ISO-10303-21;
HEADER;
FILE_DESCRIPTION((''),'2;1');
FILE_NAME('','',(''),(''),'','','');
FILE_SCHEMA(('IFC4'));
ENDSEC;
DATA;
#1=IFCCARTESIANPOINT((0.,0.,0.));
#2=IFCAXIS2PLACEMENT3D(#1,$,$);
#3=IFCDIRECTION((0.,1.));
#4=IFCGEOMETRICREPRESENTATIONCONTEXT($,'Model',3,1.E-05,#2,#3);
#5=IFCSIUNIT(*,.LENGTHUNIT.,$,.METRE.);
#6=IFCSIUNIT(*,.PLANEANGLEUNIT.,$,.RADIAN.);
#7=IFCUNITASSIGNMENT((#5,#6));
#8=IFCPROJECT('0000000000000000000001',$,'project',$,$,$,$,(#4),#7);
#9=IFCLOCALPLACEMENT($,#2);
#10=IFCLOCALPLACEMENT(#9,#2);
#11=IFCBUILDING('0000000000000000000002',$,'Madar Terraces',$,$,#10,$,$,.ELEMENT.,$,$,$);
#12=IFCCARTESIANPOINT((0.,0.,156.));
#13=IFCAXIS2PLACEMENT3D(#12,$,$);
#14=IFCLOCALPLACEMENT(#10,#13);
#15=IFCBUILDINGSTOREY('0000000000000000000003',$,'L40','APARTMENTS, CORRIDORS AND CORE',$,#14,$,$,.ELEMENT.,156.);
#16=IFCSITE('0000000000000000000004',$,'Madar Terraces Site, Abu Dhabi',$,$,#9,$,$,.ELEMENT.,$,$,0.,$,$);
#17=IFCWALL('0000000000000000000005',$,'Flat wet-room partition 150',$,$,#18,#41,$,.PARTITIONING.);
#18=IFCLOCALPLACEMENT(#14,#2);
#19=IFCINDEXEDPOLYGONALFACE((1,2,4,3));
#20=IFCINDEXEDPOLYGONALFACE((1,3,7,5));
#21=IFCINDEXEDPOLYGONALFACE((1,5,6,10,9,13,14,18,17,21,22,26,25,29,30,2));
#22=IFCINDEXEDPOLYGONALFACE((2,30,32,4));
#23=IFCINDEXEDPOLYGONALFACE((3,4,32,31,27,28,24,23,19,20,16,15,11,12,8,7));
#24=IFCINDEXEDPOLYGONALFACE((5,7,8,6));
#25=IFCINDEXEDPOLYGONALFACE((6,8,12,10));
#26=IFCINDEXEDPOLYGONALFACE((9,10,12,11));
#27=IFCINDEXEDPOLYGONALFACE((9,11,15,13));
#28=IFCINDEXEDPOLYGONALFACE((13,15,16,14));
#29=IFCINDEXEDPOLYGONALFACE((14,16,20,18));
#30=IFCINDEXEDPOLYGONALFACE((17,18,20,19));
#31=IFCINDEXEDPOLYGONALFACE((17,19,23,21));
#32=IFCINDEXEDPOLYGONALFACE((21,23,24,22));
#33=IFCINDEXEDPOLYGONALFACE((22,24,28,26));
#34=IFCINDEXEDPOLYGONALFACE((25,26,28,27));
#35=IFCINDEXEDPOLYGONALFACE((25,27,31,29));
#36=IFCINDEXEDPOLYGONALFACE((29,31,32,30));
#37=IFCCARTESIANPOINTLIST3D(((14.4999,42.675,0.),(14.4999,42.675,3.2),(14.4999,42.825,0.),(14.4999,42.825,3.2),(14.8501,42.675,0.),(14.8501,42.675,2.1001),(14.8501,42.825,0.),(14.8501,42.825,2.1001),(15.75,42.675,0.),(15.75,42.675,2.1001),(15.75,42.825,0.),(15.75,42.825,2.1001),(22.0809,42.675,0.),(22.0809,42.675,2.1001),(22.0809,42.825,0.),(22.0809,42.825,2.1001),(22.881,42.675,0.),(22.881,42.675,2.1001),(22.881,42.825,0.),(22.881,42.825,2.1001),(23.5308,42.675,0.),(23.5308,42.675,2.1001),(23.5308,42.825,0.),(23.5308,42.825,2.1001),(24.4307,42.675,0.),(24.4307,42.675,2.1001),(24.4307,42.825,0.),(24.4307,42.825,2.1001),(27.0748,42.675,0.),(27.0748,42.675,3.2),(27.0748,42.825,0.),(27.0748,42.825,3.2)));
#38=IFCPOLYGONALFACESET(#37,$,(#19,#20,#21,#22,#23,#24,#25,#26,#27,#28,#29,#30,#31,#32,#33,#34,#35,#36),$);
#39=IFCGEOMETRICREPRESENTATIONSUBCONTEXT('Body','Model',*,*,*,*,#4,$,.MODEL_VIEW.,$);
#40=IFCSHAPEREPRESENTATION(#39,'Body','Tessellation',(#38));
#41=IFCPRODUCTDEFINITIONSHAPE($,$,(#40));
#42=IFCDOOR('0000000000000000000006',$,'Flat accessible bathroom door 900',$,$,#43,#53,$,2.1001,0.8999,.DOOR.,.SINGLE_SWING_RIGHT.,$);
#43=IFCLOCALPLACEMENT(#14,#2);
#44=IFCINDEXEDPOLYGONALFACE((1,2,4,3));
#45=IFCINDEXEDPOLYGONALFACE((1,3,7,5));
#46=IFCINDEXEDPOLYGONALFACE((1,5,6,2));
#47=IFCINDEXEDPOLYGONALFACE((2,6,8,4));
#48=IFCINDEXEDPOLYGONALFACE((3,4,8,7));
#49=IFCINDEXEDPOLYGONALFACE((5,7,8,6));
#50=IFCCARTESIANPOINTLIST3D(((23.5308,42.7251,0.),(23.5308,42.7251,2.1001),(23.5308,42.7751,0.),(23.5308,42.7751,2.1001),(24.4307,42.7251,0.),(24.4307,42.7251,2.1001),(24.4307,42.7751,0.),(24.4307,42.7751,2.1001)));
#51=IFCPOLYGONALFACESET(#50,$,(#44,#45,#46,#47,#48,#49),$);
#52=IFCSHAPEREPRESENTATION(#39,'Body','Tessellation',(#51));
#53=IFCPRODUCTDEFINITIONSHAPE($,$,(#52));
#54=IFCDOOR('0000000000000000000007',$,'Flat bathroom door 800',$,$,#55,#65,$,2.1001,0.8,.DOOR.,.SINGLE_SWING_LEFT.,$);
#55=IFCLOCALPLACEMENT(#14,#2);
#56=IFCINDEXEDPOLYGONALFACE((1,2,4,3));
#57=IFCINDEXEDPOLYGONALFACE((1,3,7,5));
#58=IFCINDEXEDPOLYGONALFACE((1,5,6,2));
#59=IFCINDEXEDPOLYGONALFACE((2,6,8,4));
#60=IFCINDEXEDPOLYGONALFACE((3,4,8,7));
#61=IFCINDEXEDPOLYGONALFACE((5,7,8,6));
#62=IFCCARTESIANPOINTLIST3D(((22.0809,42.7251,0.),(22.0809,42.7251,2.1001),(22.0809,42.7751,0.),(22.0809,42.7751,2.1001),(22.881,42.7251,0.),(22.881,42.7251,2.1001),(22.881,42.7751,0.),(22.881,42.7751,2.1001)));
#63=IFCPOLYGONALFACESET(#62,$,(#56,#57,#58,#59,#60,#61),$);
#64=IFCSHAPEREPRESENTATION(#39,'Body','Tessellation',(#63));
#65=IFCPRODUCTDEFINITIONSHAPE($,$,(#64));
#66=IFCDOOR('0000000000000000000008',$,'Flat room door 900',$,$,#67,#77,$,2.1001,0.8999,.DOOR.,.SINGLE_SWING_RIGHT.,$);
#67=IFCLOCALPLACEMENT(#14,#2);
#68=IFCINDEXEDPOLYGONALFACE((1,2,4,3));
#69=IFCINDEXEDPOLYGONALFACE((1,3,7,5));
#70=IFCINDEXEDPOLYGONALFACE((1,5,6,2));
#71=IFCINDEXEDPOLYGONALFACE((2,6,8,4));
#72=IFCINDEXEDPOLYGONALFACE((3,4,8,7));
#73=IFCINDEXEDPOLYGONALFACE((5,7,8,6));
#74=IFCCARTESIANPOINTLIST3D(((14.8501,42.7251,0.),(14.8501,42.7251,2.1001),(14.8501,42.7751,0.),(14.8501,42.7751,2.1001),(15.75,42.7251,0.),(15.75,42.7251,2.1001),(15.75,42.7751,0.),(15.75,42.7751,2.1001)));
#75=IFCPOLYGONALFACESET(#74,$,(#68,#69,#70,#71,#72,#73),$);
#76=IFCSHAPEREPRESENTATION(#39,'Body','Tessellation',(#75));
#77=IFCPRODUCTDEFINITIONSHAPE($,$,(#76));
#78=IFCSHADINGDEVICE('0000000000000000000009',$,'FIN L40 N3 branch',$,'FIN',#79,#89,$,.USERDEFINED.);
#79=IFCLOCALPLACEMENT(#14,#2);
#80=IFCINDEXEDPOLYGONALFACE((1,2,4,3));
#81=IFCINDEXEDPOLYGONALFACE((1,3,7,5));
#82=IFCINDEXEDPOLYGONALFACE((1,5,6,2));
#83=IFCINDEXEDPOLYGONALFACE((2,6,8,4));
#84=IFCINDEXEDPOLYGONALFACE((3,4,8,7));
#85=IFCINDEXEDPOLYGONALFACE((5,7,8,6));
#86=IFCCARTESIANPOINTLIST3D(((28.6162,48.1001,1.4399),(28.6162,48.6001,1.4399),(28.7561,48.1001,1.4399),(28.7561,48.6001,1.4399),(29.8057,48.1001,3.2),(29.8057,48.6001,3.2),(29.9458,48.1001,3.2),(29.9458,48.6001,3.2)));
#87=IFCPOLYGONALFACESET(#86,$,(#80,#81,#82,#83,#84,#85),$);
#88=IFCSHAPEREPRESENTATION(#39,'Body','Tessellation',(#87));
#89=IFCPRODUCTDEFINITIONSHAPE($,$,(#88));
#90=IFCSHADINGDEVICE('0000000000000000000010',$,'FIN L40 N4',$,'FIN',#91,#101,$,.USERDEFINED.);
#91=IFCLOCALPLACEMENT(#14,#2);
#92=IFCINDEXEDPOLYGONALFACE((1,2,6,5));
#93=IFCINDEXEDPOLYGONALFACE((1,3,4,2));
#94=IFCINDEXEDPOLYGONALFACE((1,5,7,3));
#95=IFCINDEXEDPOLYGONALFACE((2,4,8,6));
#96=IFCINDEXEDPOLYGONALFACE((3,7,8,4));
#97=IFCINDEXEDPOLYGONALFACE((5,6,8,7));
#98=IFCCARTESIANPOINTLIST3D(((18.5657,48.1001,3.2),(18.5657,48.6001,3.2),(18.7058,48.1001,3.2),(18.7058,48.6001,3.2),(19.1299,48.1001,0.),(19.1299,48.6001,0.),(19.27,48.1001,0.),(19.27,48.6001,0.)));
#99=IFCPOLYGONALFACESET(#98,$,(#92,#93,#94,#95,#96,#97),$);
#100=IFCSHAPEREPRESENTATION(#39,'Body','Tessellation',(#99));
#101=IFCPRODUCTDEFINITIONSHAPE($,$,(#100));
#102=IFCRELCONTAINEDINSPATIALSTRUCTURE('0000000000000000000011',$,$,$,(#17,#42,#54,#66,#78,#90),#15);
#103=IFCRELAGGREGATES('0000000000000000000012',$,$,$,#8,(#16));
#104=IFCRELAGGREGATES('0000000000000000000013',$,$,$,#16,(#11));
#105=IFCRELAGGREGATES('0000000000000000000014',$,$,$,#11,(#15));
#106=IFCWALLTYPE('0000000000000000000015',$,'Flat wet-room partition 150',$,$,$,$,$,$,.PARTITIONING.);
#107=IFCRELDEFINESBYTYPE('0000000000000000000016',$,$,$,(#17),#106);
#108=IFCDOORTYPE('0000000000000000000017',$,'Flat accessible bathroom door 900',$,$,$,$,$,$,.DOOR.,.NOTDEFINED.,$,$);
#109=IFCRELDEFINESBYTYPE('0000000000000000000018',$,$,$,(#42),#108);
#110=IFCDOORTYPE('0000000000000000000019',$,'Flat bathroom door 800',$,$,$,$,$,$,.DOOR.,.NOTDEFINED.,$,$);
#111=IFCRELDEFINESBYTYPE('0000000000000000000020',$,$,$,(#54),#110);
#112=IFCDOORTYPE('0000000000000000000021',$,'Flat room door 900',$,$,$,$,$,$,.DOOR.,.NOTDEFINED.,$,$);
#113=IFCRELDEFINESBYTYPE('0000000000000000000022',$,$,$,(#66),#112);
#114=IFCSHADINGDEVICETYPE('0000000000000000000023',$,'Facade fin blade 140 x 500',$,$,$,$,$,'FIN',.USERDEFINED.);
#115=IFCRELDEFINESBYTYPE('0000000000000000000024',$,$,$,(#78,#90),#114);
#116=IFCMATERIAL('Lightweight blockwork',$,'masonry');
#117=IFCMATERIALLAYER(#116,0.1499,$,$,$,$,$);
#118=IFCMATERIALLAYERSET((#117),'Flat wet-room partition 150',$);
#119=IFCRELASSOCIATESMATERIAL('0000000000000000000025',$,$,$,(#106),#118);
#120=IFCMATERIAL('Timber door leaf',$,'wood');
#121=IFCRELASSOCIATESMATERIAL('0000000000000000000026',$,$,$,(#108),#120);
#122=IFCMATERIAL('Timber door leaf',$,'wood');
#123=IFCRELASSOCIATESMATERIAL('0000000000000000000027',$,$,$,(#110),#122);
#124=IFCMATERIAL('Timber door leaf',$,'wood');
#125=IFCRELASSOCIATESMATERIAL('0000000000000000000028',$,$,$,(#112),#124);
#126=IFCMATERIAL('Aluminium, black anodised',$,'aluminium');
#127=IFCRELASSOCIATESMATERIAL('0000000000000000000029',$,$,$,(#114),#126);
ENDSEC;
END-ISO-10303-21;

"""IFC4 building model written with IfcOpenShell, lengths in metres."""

from ifc_helpers import new_model, si_unit, direction, frame, frame_2d, origin, place, context, subcontext, project, spatial, polyline, rectangle, outline, extrude, material, layer, layer_set, type_object, element, fill, save


model = new_model("IFC4")

# Units and contexts
model_context = context("Model", 3, precision=1e-05, world=origin(), true_north=direction((0.0, 1.0)))
body_context = subcontext(model_context, "Body", "Model", "MODEL_VIEW")
ifc_project = project(units=[si_unit("LENGTHUNIT", "METRE"), si_unit("PLANEANGLEUNIT", "RADIAN")], contexts=[model_context])

# Site, building, storey
site_placement = place(None, origin())
site = spatial("IfcSite", under=ifc_project, at=site_placement, Name="Madar Terraces Site, Abu Dhabi", CompositionType="ELEMENT", RefElevation=0.0)
building_placement = place(site_placement, origin())
building = spatial("IfcBuilding", under=site, at=building_placement, Name="Madar Terraces", CompositionType="ELEMENT")
storey_placement = place(building_placement, frame((0.0, 0.0, 156.0)))
storey = spatial("IfcBuildingStorey", under=building, at=storey_placement, Name="L40", Description="APARTMENTS, CORRIDORS AND CORE", CompositionType="ELEMENT", Elevation=156.0)

# Wall, openings, doors
ifc_material_1 = material(Name="Lightweight blockwork", Category="masonry")
ifc_layer_1 = layer(ifc_material_1, 0.1499)
ifc_layer_set_1 = layer_set([ifc_layer_1], Name="Flat wet-room partition 150")
wall_type_1 = type_object("IfcWallType", Name="Flat wet-room partition 150", PredefinedType="PARTITIONING", material=ifc_layer_set_1)
wall_1_placement = place(storey_placement, frame((27.075, 42.75, 0.0), z_axis=(0.0, 0.0, 1.0), x_axis=(-1.0, 0.0, 0.0)))
wall_1 = element("IfcWall", 1, at=wall_1_placement, inside=storey, type_object=wall_type_1, Name="Flat wet-room partition 150", PredefinedType="PARTITIONING", context=body_context, shape_type="SweptSolid", body=[
    extrude(rectangle(XDim=12.575, YDim=0.1499, at=frame_2d((6.2876, 0.0))), origin(), (0.0, 0.0, 1.0), 3.2),
])
opening_1_placement = place(wall_1_placement, frame((2.6443, 0.0, 0.0)))
opening_1 = element("IfcOpeningElement", 2, at=opening_1_placement, cuts=wall_1, PredefinedType="OPENING", context=body_context, shape_type="SweptSolid", body=[
    extrude(rectangle(XDim=0.8999, YDim=2.1001, at=frame_2d((0.45, 1.05))), frame((0.0, 0.085, 0.0), z_axis=(0.0, -1.0, 0.0), x_axis=(1.0, 0.0, 0.0)), (0.0, 0.0, 1.0), 0.1699),
])
opening_2_placement = place(wall_1_placement, frame((4.1941, 0.0, 0.0)))
opening_2 = element("IfcOpeningElement", 3, at=opening_2_placement, cuts=wall_1, PredefinedType="OPENING", context=body_context, shape_type="SweptSolid", body=[
    extrude(rectangle(XDim=0.8, YDim=2.1001, at=frame_2d((0.3999, 1.05))), frame((0.0, 0.085, 0.0), z_axis=(0.0, -1.0, 0.0), x_axis=(1.0, 0.0, 0.0)), (0.0, 0.0, 1.0), 0.1699),
])
opening_3_placement = place(wall_1_placement, frame((11.325, 0.0, 0.0)))
opening_3 = element("IfcOpeningElement", 4, at=opening_3_placement, cuts=wall_1, PredefinedType="OPENING", context=body_context, shape_type="SweptSolid", body=[
    extrude(rectangle(XDim=0.8999, YDim=2.1001, at=frame_2d((0.45, 1.05))), frame((0.0, 0.085, 0.0), z_axis=(0.0, -1.0, 0.0), x_axis=(1.0, 0.0, 0.0)), (0.0, 0.0, 1.0), 0.1699),
])
ifc_material_2 = material(Name="Timber door leaf", Category="wood")
door_type_1 = type_object("IfcDoorType", Name="Flat accessible bathroom door 900", OperationType="NOTDEFINED", PredefinedType="DOOR", material=ifc_material_2)
door_1_placement = place(opening_1_placement, origin())
door_1 = element("IfcDoor", 5, at=door_1_placement, inside=storey, type_object=door_type_1, Name="Flat accessible bathroom door 900", OperationType="SINGLE_SWING_RIGHT", OverallHeight=2.1001, OverallWidth=0.8999, PredefinedType="DOOR", context=body_context, shape_type="SweptSolid", body=[
    extrude(rectangle(XDim=0.8999, YDim=2.1001, at=frame_2d((0.45, 1.05))), frame((0.0, 0.0249, 0.0), z_axis=(0.0, -1.0, 0.0), x_axis=(1.0, 0.0, 0.0)), (0.0, 0.0, 1.0), 0.05),
])
fill(opening_1, door_1)
ifc_material_3 = material(Name="Timber door leaf", Category="wood")
door_type_2 = type_object("IfcDoorType", Name="Flat bathroom door 800", OperationType="NOTDEFINED", PredefinedType="DOOR", material=ifc_material_3)
door_2_placement = place(opening_2_placement, origin())
door_2 = element("IfcDoor", 6, at=door_2_placement, inside=storey, type_object=door_type_2, Name="Flat bathroom door 800", OperationType="SINGLE_SWING_LEFT", OverallHeight=2.1001, OverallWidth=0.8, PredefinedType="DOOR", context=body_context, shape_type="SweptSolid", body=[
    extrude(rectangle(XDim=0.8, YDim=2.1001, at=frame_2d((0.3999, 1.05))), frame((0.0, 0.0249, 0.0), z_axis=(0.0, -1.0, 0.0), x_axis=(1.0, 0.0, 0.0)), (0.0, 0.0, 1.0), 0.05),
])
fill(opening_2, door_2)
ifc_material_4 = material(Name="Timber door leaf", Category="wood")
door_type_3 = type_object("IfcDoorType", Name="Flat room door 900", OperationType="NOTDEFINED", PredefinedType="DOOR", material=ifc_material_4)
door_3_placement = place(opening_3_placement, origin())
door_3 = element("IfcDoor", 7, at=door_3_placement, inside=storey, type_object=door_type_3, Name="Flat room door 900", OperationType="SINGLE_SWING_RIGHT", OverallHeight=2.1001, OverallWidth=0.8999, PredefinedType="DOOR", context=body_context, shape_type="SweptSolid", body=[
    extrude(rectangle(XDim=0.8999, YDim=2.1001, at=frame_2d((0.45, 1.05))), frame((0.0, 0.0249, 0.0), z_axis=(0.0, -1.0, 0.0), x_axis=(1.0, 0.0, 0.0)), (0.0, 0.0, 1.0), 0.05),
])
fill(opening_3, door_3)

# Shading devices
ifc_material_5 = material(Name="Aluminium, black anodised", Category="aluminium")
shading_device_type = type_object("IfcShadingDeviceType", Name="Facade fin blade 140 x 500", ElementType="FIN", PredefinedType="USERDEFINED", material=ifc_material_5)
shading_device_1_placement = place(storey_placement, frame((28.7561, 48.3501, 1.4399), z_axis=(0.0, 0.0, 1.0), x_axis=(-1.0, 0.0, 0.0)))
element("IfcShadingDevice", 8, at=shading_device_1_placement, inside=storey, type_object=shading_device_type, Name="FIN L40 N3 branch", ObjectType="FIN", PredefinedType="USERDEFINED", context=body_context, shape_type="SweptSolid", body=[
    extrude(outline(polyline([(0.0, 0.0), (0.1399, 0.0), (-1.0496, 1.76), (-1.1897, 1.76), (0.0, 0.0)])), frame((0.0, 0.25, 0.0), z_axis=(0.0, -1.0, 0.0), x_axis=(1.0, 0.0, 0.0)), (0.0, 0.0, 1.0), 0.5),
])
shading_device_2_placement = place(storey_placement, frame((19.27, 48.3501, 0.0), z_axis=(0.0, 0.0, 1.0), x_axis=(-1.0, 0.0, 0.0)))
element("IfcShadingDevice", 9, at=shading_device_2_placement, inside=storey, type_object=shading_device_type, Name="FIN L40 N4", ObjectType="FIN", PredefinedType="USERDEFINED", context=body_context, shape_type="SweptSolid", body=[
    extrude(outline(polyline([(0.0, 0.0), (0.1401, 0.0), (0.7043, 3.2), (0.5642, 3.2), (0.0, 0.0)])), frame((0.0, 0.25, 0.0), z_axis=(0.0, -1.0, 0.0), x_axis=(1.0, 0.0, 0.0)), (0.0, 0.0, 1.0), 0.5),
])

save(model, "model.ifc")
